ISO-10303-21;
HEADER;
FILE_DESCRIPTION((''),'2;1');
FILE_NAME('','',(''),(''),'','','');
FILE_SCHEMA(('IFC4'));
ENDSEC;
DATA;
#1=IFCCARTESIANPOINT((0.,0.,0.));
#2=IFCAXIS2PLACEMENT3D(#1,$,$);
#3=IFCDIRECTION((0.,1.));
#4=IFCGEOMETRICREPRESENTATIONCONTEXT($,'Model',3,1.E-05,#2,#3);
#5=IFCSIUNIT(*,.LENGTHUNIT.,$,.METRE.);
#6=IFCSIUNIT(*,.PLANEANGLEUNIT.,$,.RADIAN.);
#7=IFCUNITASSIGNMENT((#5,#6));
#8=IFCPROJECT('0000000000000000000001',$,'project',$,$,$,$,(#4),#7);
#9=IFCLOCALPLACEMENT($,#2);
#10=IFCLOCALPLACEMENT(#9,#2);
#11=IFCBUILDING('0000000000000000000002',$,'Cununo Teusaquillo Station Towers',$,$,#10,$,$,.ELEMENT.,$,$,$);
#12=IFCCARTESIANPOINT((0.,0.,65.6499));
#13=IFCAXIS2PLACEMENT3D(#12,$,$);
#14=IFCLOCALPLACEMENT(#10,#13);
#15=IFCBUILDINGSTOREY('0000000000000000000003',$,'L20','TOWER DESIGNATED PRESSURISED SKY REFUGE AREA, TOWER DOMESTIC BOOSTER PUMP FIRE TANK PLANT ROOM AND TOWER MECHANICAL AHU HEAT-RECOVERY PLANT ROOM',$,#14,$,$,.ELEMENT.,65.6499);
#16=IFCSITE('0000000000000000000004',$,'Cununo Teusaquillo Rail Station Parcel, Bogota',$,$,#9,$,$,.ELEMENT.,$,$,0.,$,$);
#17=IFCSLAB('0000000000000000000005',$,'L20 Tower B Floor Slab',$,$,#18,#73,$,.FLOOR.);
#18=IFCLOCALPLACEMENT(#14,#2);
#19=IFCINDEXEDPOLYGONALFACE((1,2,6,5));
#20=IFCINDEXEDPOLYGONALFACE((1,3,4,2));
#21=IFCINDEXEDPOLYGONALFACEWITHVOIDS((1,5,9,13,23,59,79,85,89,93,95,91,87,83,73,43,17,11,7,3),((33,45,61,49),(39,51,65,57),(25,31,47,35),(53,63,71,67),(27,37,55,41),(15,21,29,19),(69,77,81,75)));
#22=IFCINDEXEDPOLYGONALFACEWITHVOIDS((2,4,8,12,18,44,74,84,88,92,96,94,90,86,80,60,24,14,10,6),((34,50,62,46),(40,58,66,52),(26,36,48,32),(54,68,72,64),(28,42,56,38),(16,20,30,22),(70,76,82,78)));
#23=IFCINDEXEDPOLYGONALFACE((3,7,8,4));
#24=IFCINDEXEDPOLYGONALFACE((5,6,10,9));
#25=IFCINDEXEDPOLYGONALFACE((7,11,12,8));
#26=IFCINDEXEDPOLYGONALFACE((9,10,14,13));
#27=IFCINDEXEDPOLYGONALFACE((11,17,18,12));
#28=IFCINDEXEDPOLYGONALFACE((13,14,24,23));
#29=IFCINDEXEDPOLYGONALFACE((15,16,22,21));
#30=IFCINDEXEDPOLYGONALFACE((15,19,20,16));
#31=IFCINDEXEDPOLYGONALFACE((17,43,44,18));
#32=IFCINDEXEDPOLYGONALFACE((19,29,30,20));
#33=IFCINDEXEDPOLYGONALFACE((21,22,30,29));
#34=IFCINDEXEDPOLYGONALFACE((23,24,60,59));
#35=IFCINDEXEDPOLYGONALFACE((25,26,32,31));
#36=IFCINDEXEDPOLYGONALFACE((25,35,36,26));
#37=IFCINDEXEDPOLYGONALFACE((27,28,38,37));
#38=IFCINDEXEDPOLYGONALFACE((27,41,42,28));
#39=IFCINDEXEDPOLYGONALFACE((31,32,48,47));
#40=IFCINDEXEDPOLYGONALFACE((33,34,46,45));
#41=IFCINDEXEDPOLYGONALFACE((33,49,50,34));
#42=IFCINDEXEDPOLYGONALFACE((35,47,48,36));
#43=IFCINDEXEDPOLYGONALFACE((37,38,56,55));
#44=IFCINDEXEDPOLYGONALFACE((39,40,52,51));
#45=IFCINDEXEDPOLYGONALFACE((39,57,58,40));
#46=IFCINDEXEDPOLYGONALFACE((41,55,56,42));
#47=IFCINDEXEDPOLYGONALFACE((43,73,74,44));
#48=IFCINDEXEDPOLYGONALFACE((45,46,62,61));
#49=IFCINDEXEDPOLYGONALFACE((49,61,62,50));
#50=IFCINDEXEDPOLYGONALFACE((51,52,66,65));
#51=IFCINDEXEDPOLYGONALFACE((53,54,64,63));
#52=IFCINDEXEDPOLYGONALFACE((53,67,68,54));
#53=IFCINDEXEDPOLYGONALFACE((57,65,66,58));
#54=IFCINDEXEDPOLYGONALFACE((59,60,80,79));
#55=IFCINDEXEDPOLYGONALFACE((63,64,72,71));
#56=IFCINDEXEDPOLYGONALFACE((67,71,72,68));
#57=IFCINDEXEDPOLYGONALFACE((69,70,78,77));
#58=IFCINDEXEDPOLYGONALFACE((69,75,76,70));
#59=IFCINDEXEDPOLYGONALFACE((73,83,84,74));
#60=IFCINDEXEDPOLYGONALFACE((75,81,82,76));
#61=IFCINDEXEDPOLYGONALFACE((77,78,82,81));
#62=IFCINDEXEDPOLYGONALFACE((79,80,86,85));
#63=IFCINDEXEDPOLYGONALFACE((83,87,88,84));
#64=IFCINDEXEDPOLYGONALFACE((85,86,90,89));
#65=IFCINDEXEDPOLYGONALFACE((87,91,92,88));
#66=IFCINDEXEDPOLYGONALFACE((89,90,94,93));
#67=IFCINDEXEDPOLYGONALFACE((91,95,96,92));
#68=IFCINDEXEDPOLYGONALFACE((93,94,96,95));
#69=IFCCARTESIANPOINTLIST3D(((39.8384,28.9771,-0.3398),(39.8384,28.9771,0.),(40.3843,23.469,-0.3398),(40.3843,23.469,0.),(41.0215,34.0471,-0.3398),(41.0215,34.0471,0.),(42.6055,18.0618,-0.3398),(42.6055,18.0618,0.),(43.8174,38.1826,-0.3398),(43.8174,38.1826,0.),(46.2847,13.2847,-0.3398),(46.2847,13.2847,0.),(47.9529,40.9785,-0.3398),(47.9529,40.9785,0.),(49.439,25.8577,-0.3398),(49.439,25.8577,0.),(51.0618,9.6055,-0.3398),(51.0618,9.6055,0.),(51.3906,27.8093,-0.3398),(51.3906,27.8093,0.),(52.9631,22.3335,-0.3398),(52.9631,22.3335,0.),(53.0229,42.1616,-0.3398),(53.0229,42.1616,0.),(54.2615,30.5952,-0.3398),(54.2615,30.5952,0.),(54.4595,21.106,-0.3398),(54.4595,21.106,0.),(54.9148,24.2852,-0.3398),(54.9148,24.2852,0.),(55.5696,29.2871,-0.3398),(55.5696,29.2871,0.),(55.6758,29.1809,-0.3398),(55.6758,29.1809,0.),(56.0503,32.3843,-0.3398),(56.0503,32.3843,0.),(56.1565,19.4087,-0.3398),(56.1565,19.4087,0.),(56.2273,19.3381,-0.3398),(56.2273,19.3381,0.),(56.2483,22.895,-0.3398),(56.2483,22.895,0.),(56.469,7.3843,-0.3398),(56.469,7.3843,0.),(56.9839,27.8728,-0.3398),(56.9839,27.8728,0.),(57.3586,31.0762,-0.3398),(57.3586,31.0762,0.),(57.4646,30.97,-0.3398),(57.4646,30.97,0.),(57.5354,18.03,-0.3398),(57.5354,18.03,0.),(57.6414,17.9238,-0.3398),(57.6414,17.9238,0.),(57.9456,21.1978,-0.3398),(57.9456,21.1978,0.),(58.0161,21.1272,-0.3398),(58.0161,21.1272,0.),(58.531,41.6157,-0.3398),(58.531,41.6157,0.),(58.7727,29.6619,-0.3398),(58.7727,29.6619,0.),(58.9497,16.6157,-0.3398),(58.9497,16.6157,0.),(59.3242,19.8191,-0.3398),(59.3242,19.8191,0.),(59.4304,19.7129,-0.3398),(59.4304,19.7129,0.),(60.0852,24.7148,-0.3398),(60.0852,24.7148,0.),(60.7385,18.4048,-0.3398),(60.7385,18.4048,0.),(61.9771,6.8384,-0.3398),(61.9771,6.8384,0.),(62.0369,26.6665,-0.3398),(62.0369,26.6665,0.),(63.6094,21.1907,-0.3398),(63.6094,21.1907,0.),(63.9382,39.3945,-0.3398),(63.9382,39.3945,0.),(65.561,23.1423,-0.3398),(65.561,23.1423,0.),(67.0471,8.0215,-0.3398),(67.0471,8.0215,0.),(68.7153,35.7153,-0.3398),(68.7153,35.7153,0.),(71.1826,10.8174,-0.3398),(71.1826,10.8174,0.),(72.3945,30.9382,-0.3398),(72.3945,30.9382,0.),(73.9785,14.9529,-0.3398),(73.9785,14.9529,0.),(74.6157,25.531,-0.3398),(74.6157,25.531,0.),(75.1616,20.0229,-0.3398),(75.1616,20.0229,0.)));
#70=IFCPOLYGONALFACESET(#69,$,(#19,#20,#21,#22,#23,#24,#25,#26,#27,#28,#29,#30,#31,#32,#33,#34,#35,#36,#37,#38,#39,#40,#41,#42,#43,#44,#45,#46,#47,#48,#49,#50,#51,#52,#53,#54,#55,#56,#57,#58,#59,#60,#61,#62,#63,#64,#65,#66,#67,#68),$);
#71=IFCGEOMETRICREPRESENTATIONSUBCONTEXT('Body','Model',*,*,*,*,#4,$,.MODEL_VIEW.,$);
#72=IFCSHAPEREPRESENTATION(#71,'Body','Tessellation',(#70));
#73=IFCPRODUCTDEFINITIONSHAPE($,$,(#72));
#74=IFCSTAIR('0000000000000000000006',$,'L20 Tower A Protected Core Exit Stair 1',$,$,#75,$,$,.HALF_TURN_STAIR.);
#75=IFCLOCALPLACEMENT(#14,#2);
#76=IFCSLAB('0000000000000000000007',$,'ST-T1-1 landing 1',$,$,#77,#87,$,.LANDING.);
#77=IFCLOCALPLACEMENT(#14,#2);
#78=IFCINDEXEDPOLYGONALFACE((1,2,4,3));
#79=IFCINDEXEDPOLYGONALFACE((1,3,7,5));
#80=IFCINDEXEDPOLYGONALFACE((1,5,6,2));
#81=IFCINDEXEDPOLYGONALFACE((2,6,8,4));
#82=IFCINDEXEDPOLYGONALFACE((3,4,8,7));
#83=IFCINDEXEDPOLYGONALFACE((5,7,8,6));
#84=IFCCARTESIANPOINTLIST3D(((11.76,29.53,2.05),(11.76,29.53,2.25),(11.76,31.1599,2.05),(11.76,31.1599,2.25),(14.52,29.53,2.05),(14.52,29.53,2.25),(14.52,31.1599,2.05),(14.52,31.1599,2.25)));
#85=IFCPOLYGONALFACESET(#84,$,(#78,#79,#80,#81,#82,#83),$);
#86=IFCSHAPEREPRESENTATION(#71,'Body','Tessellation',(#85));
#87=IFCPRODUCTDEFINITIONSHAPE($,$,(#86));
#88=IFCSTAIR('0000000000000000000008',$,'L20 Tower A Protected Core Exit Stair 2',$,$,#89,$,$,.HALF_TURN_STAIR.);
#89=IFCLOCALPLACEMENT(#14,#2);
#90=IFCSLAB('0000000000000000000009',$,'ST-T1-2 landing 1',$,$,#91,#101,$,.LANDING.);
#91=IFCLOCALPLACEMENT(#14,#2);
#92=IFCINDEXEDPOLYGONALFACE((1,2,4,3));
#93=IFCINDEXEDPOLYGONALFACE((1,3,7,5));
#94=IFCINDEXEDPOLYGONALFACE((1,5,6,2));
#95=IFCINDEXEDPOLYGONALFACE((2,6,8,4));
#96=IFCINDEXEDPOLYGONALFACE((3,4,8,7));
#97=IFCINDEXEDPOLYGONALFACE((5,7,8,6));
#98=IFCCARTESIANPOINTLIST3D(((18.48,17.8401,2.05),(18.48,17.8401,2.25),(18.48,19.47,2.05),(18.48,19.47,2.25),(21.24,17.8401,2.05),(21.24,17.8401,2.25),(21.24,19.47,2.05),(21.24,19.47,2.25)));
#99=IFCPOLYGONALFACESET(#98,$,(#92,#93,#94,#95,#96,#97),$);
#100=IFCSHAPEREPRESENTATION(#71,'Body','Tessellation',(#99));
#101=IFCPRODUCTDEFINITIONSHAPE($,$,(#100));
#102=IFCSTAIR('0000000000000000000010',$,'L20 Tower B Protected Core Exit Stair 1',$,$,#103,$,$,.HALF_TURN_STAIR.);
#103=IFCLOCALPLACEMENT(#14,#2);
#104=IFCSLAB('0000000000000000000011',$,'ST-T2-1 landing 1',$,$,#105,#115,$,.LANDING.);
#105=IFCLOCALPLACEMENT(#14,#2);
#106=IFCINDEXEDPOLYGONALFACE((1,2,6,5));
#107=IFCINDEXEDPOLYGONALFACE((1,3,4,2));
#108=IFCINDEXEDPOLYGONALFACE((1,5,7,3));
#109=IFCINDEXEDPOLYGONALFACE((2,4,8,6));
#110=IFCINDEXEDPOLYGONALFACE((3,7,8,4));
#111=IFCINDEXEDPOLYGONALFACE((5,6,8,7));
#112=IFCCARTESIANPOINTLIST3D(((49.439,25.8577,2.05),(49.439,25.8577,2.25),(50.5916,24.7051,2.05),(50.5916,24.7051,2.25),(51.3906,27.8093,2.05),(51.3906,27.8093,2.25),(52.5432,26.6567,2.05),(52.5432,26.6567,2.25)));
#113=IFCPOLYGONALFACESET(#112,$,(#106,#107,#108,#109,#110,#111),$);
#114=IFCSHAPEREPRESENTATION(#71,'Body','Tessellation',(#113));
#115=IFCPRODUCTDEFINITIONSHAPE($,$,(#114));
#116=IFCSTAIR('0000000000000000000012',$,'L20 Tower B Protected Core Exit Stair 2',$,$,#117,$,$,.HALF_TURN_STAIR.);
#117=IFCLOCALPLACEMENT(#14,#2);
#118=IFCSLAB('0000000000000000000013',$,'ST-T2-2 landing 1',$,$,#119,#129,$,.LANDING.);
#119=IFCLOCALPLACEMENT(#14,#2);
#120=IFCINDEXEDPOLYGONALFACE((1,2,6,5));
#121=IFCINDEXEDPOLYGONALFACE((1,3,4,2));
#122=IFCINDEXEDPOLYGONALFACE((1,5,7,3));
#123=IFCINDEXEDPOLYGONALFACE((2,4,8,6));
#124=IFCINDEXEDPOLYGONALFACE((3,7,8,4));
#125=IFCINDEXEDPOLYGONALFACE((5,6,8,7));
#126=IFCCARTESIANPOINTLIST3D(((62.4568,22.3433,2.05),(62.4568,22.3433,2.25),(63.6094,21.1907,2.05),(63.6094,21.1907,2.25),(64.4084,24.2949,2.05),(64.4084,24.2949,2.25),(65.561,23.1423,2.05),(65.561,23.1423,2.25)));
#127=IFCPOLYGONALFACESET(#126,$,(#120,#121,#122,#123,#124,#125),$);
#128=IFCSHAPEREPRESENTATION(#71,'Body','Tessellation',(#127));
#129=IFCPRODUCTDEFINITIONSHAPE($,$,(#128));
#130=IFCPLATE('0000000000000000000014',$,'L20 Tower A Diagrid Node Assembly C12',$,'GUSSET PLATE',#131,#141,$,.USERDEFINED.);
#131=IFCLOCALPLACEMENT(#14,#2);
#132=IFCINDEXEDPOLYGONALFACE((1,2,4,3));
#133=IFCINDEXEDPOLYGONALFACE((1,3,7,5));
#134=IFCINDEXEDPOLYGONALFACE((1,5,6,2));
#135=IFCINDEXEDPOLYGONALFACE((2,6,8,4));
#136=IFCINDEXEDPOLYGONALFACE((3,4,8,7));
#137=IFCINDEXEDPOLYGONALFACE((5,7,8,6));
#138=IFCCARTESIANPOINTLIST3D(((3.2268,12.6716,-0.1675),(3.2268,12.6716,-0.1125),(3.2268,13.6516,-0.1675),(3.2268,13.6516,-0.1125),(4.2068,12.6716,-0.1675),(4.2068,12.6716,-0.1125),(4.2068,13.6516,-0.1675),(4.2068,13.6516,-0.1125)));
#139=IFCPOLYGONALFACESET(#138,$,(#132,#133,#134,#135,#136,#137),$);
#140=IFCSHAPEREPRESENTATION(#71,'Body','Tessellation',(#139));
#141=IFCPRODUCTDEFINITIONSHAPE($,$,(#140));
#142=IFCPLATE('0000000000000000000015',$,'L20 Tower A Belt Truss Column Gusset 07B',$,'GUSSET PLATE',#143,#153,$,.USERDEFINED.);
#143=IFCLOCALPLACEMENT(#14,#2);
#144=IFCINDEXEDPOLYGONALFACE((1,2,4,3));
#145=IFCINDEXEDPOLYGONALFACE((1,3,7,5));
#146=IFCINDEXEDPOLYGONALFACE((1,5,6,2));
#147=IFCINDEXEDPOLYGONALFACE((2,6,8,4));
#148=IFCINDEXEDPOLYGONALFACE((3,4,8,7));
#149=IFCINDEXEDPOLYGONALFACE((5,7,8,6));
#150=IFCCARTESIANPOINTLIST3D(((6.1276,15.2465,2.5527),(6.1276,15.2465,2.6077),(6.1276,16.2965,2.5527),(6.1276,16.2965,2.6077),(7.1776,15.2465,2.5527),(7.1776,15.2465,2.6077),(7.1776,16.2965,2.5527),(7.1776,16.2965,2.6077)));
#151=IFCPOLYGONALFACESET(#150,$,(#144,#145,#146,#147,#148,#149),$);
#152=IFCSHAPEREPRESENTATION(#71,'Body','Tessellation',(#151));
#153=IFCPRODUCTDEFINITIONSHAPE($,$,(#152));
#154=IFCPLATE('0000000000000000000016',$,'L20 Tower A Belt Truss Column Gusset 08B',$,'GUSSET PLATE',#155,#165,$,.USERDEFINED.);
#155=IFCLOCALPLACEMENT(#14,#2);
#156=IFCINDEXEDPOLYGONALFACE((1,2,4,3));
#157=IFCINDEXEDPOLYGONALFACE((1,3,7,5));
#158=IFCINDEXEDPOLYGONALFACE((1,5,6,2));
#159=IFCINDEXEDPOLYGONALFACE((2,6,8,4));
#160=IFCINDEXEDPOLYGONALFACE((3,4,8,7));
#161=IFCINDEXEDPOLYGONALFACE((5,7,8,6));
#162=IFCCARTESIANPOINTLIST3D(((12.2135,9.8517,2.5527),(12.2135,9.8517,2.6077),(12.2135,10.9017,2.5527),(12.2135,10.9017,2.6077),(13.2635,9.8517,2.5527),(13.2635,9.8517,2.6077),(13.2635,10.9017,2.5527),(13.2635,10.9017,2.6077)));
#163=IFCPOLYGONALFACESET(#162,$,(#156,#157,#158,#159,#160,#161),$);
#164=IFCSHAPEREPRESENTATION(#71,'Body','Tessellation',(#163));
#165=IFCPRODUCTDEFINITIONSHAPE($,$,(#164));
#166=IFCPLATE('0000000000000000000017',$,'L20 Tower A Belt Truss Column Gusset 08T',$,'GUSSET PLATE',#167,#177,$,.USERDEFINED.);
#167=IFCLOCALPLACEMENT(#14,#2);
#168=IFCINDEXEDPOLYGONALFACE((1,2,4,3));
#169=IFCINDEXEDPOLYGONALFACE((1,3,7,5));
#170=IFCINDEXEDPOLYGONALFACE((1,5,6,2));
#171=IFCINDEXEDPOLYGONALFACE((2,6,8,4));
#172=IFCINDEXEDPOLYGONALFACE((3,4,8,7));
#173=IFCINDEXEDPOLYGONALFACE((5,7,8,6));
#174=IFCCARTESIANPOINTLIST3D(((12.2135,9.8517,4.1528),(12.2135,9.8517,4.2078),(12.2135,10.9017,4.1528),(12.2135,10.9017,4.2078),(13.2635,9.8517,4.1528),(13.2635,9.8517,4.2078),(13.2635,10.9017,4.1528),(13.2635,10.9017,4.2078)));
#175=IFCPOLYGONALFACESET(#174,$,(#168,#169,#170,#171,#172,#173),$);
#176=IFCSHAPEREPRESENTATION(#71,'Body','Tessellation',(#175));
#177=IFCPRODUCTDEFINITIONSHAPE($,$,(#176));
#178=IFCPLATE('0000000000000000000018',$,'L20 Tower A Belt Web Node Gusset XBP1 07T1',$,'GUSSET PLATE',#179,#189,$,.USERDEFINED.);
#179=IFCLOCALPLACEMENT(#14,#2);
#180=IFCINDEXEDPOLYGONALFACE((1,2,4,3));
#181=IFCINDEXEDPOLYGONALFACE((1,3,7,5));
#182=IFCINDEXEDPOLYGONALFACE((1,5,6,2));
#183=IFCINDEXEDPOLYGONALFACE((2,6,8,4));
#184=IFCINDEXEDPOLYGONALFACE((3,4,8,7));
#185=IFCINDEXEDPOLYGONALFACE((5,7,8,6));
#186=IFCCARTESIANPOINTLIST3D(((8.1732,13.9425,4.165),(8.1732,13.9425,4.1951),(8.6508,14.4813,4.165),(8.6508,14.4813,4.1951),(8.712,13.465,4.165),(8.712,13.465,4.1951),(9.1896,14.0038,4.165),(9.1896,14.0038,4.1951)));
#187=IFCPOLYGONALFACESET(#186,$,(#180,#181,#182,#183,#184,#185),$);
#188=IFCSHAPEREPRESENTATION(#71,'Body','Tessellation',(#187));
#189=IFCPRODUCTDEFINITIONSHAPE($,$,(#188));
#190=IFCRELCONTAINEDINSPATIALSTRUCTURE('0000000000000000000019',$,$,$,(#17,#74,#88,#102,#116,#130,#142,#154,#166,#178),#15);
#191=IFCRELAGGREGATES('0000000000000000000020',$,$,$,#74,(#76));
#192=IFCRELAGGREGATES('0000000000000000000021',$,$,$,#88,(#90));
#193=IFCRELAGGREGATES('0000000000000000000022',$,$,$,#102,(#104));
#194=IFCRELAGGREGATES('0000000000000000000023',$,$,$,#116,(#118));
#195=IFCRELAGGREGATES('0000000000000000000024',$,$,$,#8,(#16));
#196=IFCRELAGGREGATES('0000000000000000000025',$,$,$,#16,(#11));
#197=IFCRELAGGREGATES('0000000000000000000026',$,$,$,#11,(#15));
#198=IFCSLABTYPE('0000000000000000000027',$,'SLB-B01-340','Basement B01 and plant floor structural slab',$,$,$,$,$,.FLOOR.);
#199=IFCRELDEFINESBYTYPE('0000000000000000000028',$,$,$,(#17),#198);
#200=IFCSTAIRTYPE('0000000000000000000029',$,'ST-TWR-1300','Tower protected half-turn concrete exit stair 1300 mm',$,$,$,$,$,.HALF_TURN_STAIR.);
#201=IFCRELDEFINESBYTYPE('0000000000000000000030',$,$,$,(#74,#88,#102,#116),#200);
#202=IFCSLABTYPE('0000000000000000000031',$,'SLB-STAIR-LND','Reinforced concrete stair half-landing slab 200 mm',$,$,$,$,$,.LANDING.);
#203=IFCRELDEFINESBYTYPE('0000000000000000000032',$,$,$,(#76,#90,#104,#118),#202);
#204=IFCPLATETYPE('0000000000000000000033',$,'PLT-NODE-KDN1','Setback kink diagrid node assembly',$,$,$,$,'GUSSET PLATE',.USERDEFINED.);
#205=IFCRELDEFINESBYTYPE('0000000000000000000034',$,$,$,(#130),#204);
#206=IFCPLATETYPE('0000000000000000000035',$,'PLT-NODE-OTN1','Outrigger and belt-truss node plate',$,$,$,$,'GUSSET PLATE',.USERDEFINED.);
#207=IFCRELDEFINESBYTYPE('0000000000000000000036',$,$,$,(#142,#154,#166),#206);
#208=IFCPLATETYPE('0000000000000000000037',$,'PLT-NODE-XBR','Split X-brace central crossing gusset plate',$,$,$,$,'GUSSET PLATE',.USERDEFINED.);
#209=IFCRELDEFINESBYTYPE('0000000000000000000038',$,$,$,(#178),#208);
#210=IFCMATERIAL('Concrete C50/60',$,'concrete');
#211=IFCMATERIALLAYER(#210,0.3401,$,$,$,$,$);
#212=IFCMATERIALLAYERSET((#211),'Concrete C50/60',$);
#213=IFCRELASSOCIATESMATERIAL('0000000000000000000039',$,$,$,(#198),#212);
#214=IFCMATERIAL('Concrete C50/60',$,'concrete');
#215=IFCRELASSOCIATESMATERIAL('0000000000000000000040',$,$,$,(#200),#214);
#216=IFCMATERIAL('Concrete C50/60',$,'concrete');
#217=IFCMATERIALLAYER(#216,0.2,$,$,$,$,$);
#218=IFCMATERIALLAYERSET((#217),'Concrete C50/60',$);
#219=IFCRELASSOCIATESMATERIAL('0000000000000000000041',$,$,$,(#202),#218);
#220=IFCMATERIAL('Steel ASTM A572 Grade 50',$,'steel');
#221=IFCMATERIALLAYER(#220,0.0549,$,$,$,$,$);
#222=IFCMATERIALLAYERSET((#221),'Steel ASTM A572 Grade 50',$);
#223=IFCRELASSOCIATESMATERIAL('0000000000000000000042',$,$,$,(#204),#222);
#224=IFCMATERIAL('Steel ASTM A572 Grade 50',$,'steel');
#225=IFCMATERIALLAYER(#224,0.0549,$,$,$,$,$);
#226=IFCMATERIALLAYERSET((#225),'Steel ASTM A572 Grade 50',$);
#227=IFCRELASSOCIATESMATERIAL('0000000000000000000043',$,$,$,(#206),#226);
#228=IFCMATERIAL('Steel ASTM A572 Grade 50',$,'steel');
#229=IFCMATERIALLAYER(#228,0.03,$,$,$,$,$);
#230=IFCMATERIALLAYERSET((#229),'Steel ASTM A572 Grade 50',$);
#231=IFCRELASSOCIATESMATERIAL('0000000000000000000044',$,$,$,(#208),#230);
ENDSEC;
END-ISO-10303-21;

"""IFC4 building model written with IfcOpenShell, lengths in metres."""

from ifc_helpers import new_model, si_unit, direction, frame, origin, origin_2d, place, context, subcontext, project, spatial, polyline, rectangle, outline, extrude, source, transform, mapped, material, layer, layer_set, type_object, element, aggregate, save


model = new_model("IFC4")

# Units and contexts
model_context = context("Model", 3, precision=1e-05, world=origin(), true_north=direction((0.0, 1.0)))
body_context = subcontext(model_context, "Body", "Model", "MODEL_VIEW")
ifc_project = project(units=[si_unit("LENGTHUNIT", "METRE"), si_unit("PLANEANGLEUNIT", "RADIAN")], contexts=[model_context])

# Site, building, storey
site_placement = place(None, origin())
site = spatial("IfcSite", under=ifc_project, at=site_placement, Name="Cununo Teusaquillo Rail Station Parcel, Bogota", CompositionType="ELEMENT", RefElevation=0.0)
building_placement = place(site_placement, origin())
building = spatial("IfcBuilding", under=site, at=building_placement, Name="Cununo Teusaquillo Station Towers", CompositionType="ELEMENT")
storey_placement = place(building_placement, frame((0.0, 0.0, 65.6499)))
storey = spatial("IfcBuildingStorey", under=building, at=storey_placement, Name="L20", Description="TOWER DESIGNATED PRESSURISED SKY REFUGE AREA, TOWER DOMESTIC BOOSTER PUMP FIRE TANK PLANT ROOM AND TOWER MECHANICAL AHU HEAT-RECOVERY PLANT ROOM", CompositionType="ELEMENT", Elevation=65.6499)

# Slab
ifc_material_1 = material(Name="Concrete C50/60", Category="concrete")
ifc_layer_1 = layer(ifc_material_1, 0.3401)
ifc_layer_set_1 = layer_set([ifc_layer_1], Name="Concrete C50/60")
slab_type_1 = type_object("IfcSlabType", Name="SLB-B01-340", Description="Basement B01 and plant floor structural slab", PredefinedType="FLOOR", material=ifc_layer_set_1)
slab_1_placement = place(storey_placement, frame((0.0, 0.0, -0.3398)))
element("IfcSlab", 1, at=slab_1_placement, inside=storey, type_object=slab_type_1, Name="L20 Tower B Floor Slab", PredefinedType="FLOOR", context=body_context, shape_type="SweptSolid", body=[
    extrude(outline(polyline([(68.7153, 35.7153), (63.9382, 39.3945), (58.531, 41.6157), (53.0229, 42.1616), (47.9529, 40.9785), (43.8174, 38.1826), (41.0215, 34.0471), (39.8384, 28.9771), (40.3843, 23.469), (42.6055, 18.0618), (46.2847, 13.2847), (51.0618, 9.6055), (56.469, 7.3843), (61.9771, 6.8384), (67.0471, 8.0215), (71.1826, 10.8174), (73.9785, 14.9529), (75.1616, 20.0229), (74.6157, 25.531), (72.3945, 30.9382), (68.7153, 35.7153)]), holes=[polyline([(54.9148, 24.2852), (51.3906, 27.8093), (49.439, 25.8577), (52.9631, 22.3335), (54.9148, 24.2852)]), polyline([(60.0852, 24.7148), (63.6094, 21.1907), (65.561, 23.1423), (62.0369, 26.6665), (60.0852, 24.7148)]), polyline([(56.1565, 19.4087), (57.9456, 21.1978), (56.2483, 22.895), (54.4595, 21.106), (56.1565, 19.4087)]), polyline([(58.9497, 16.6157), (60.7385, 18.4048), (59.4304, 19.7129), (57.6414, 17.9238), (58.9497, 16.6157)]), polyline([(57.5354, 18.03), (59.3242, 19.8191), (58.0161, 21.1272), (56.2273, 19.3381), (57.5354, 18.03)]), polyline([(56.9839, 27.8728), (58.7727, 29.6619), (57.4646, 30.97), (55.6758, 29.1809), (56.9839, 27.8728)]), polyline([(55.5696, 29.2871), (57.3586, 31.0762), (56.0503, 32.3843), (54.2615, 30.5952), (55.5696, 29.2871)])]), origin(), (0.0, 0.0, 1.0), 0.3398),
])

# Stairs, slabs
ifc_material_2 = material(Name="Concrete C50/60", Category="concrete")
stair_type = type_object("IfcStairType", Name="ST-TWR-1300", Description="Tower protected half-turn concrete exit stair 1300 mm", PredefinedType="HALF_TURN_STAIR", material=ifc_material_2)
stair_1_placement = place(storey_placement, origin())
stair_1 = element("IfcStair", 2, at=stair_1_placement, inside=storey, type_object=stair_type, Name="L20 Tower A Protected Core Exit Stair 1", PredefinedType="HALF_TURN_STAIR")
ifc_material_3 = material(Name="Concrete C50/60", Category="concrete")
ifc_layer_2 = layer(ifc_material_3, 0.2)
ifc_layer_set_2 = layer_set([ifc_layer_2], Name="Concrete C50/60")
slab_type_2 = type_object("IfcSlabType", Name="SLB-STAIR-LND", Description="Reinforced concrete stair half-landing slab 200 mm", PredefinedType="LANDING", material=ifc_layer_set_2)
slab_2_placement = place(storey_placement, frame((0.0, 0.0, 2.05)))
slab_2 = element("IfcSlab", 3, at=slab_2_placement, type_object=slab_type_2, Name="ST-T1-1 landing 1", PredefinedType="LANDING", context=body_context, shape_type="SweptSolid", body=[
    extrude(outline(polyline([(14.52, 29.53), (14.52, 31.1599), (11.76, 31.1599), (11.76, 29.53), (14.52, 29.53)])), origin(), (0.0, 0.0, 1.0), 0.2),
])
aggregate(stair_1, [slab_2])
stair_2_placement = place(storey_placement, origin())
stair_2 = element("IfcStair", 4, at=stair_2_placement, inside=storey, type_object=stair_type, Name="L20 Tower A Protected Core Exit Stair 2", PredefinedType="HALF_TURN_STAIR")
slab_3_placement = place(storey_placement, frame((0.0, 0.0, 2.05)))
slab_3 = element("IfcSlab", 5, at=slab_3_placement, type_object=slab_type_2, Name="ST-T1-2 landing 1", PredefinedType="LANDING", context=body_context, shape_type="SweptSolid", body=[
    extrude(outline(polyline([(18.48, 19.47), (18.48, 17.8401), (21.24, 17.8401), (21.24, 19.47), (18.48, 19.47)])), origin(), (0.0, 0.0, 1.0), 0.2),
])
aggregate(stair_2, [slab_3])
stair_3_placement = place(storey_placement, origin())
stair_3 = element("IfcStair", 6, at=stair_3_placement, inside=storey, type_object=stair_type, Name="L20 Tower B Protected Core Exit Stair 1", PredefinedType="HALF_TURN_STAIR")
slab_4_placement = place(storey_placement, frame((0.0, 0.0, 2.05)))
slab_4 = element("IfcSlab", 7, at=slab_4_placement, type_object=slab_type_2, Name="ST-T2-1 landing 1", PredefinedType="LANDING", context=body_context, shape_type="SweptSolid", body=[
    extrude(outline(polyline([(52.5432, 26.6567), (51.3906, 27.8093), (49.439, 25.8577), (50.5916, 24.7051), (52.5432, 26.6567)])), origin(), (0.0, 0.0, 1.0), 0.2),
])
aggregate(stair_3, [slab_4])
stair_4_placement = place(storey_placement, origin())
stair_4 = element("IfcStair", 8, at=stair_4_placement, inside=storey, type_object=stair_type, Name="L20 Tower B Protected Core Exit Stair 2", PredefinedType="HALF_TURN_STAIR")
slab_5_placement = place(storey_placement, frame((0.0, 0.0, 2.05)))
slab_5 = element("IfcSlab", 9, at=slab_5_placement, type_object=slab_type_2, Name="ST-T2-2 landing 1", PredefinedType="LANDING", context=body_context, shape_type="SweptSolid", body=[
    extrude(outline(polyline([(62.4568, 22.3433), (63.6094, 21.1907), (65.561, 23.1423), (64.4084, 24.2949), (62.4568, 22.3433)])), origin(), (0.0, 0.0, 1.0), 0.2),
])
aggregate(stair_4, [slab_5])

# Plates
ifc_material_4 = material(Name="Steel ASTM A572 Grade 50", Category="steel")
ifc_layer_3 = layer(ifc_material_4, 0.0549)
ifc_layer_set_3 = layer_set([ifc_layer_3], Name="Steel ASTM A572 Grade 50")
plate_type_1 = type_object("IfcPlateType", Name="PLT-NODE-KDN1", Description="Setback kink diagrid node assembly", ElementType="GUSSET PLATE", PredefinedType="USERDEFINED", material=ifc_layer_set_3)
shared_shape_1 = source(origin(), body_context, "Body", "SweptSolid", [
    extrude(rectangle(XDim=0.98, YDim=0.98, at=origin_2d()), origin(), (0.0, 0.0, 1.0), 0.0549),
])
plate_placement = place(storey_placement, frame((3.7168, 13.1616, -0.1675), z_axis=(0.0, 0.0, 1.0), x_axis=(1.0, 0.0, 0.0)))
element("IfcPlate", 10, at=plate_placement, inside=storey, type_object=plate_type_1, Name="L20 Tower A Diagrid Node Assembly C12", ObjectType="GUSSET PLATE", PredefinedType="USERDEFINED", context=body_context, shape_type="MappedRepresentation", body=[
    mapped(shared_shape_1, transform((0.0, 0.0, 0.0), x_axis=(1.0, 0.0, 0.0), y_axis=(0.0, 1.0, 0.0), z_axis=(0.0, 0.0, 1.0), scale=1.0)),
])
ifc_material_5 = material(Name="Steel ASTM A572 Grade 50", Category="steel")
ifc_layer_4 = layer(ifc_material_5, 0.0549)
ifc_layer_set_4 = layer_set([ifc_layer_4], Name="Steel ASTM A572 Grade 50")
plate_type_2 = type_object("IfcPlateType", Name="PLT-NODE-OTN1", Description="Outrigger and belt-truss node plate", ElementType="GUSSET PLATE", PredefinedType="USERDEFINED", material=ifc_layer_set_4)
shared_shape_2 = source(origin(), body_context, "Body", "SweptSolid", [
    extrude(rectangle(XDim=1.05, YDim=1.05, at=origin_2d()), origin(), (0.0, 0.0, 1.0), 0.0549),
])
for number, where, z_axis, x_axis, name in (
    (11, (6.6526, 15.7715, 2.5527), (0.0, 0.0, 1.0), (1.0, 0.0, 0.0), "L20 Tower A Belt Truss Column Gusset 07B"),
    (12, (12.7385, 10.3767, 2.5527), (0.0, 0.0, 1.0), (1.0, 0.0, 0.0), "L20 Tower A Belt Truss Column Gusset 08B"),
    (13, (12.7385, 10.3767, 4.1528), (0.0, 0.0, 1.0), (1.0, 0.0, 0.0), "L20 Tower A Belt Truss Column Gusset 08T"),
):
    element("IfcPlate", number, at=place(storey_placement, frame(where, z_axis=z_axis, x_axis=x_axis)), inside=storey, type_object=plate_type_2, Name=name, ObjectType="GUSSET PLATE", PredefinedType="USERDEFINED", context=body_context, shape_type="MappedRepresentation", body=[
        mapped(shared_shape_2, transform((0.0, 0.0, 0.0), x_axis=(1.0, 0.0, 0.0), y_axis=(0.0, 1.0, 0.0), z_axis=(0.0, 0.0, 1.0), scale=1.0)),
    ])
ifc_material_6 = material(Name="Steel ASTM A572 Grade 50", Category="steel")
ifc_layer_5 = layer(ifc_material_6, 0.03)
ifc_layer_set_5 = layer_set([ifc_layer_5], Name="Steel ASTM A572 Grade 50")
plate_type_3 = type_object("IfcPlateType", Name="PLT-NODE-XBR", Description="Split X-brace central crossing gusset plate", ElementType="GUSSET PLATE", PredefinedType="USERDEFINED", material=ifc_layer_set_5)
shared_shape_3 = source(origin(), body_context, "Body", "SweptSolid", [
    extrude(rectangle(XDim=0.72, YDim=0.72, at=origin_2d()), origin(), (0.0, 0.0, 1.0), 0.03),
])
for number, where, z_axis, x_axis, name in (
    (14, (8.6814, 13.9731, 4.165), (0.0, 0.0, 1.0), (0.748377, -0.663273, 0.0), "L20 Tower A Belt Web Node Gusset XBP1 07T1"),
):
    element("IfcPlate", number, at=place(storey_placement, frame(where, z_axis=z_axis, x_axis=x_axis)), inside=storey, type_object=plate_type_3, Name=name, ObjectType="GUSSET PLATE", PredefinedType="USERDEFINED", context=body_context, shape_type="MappedRepresentation", body=[
        mapped(shared_shape_3, transform((0.0, 0.0, 0.0), x_axis=(1.0, 0.0, 0.0), y_axis=(0.0, 1.0, 0.0), z_axis=(0.0, 0.0, 1.0), scale=1.0)),
    ])

save(model, "model.ifc")
